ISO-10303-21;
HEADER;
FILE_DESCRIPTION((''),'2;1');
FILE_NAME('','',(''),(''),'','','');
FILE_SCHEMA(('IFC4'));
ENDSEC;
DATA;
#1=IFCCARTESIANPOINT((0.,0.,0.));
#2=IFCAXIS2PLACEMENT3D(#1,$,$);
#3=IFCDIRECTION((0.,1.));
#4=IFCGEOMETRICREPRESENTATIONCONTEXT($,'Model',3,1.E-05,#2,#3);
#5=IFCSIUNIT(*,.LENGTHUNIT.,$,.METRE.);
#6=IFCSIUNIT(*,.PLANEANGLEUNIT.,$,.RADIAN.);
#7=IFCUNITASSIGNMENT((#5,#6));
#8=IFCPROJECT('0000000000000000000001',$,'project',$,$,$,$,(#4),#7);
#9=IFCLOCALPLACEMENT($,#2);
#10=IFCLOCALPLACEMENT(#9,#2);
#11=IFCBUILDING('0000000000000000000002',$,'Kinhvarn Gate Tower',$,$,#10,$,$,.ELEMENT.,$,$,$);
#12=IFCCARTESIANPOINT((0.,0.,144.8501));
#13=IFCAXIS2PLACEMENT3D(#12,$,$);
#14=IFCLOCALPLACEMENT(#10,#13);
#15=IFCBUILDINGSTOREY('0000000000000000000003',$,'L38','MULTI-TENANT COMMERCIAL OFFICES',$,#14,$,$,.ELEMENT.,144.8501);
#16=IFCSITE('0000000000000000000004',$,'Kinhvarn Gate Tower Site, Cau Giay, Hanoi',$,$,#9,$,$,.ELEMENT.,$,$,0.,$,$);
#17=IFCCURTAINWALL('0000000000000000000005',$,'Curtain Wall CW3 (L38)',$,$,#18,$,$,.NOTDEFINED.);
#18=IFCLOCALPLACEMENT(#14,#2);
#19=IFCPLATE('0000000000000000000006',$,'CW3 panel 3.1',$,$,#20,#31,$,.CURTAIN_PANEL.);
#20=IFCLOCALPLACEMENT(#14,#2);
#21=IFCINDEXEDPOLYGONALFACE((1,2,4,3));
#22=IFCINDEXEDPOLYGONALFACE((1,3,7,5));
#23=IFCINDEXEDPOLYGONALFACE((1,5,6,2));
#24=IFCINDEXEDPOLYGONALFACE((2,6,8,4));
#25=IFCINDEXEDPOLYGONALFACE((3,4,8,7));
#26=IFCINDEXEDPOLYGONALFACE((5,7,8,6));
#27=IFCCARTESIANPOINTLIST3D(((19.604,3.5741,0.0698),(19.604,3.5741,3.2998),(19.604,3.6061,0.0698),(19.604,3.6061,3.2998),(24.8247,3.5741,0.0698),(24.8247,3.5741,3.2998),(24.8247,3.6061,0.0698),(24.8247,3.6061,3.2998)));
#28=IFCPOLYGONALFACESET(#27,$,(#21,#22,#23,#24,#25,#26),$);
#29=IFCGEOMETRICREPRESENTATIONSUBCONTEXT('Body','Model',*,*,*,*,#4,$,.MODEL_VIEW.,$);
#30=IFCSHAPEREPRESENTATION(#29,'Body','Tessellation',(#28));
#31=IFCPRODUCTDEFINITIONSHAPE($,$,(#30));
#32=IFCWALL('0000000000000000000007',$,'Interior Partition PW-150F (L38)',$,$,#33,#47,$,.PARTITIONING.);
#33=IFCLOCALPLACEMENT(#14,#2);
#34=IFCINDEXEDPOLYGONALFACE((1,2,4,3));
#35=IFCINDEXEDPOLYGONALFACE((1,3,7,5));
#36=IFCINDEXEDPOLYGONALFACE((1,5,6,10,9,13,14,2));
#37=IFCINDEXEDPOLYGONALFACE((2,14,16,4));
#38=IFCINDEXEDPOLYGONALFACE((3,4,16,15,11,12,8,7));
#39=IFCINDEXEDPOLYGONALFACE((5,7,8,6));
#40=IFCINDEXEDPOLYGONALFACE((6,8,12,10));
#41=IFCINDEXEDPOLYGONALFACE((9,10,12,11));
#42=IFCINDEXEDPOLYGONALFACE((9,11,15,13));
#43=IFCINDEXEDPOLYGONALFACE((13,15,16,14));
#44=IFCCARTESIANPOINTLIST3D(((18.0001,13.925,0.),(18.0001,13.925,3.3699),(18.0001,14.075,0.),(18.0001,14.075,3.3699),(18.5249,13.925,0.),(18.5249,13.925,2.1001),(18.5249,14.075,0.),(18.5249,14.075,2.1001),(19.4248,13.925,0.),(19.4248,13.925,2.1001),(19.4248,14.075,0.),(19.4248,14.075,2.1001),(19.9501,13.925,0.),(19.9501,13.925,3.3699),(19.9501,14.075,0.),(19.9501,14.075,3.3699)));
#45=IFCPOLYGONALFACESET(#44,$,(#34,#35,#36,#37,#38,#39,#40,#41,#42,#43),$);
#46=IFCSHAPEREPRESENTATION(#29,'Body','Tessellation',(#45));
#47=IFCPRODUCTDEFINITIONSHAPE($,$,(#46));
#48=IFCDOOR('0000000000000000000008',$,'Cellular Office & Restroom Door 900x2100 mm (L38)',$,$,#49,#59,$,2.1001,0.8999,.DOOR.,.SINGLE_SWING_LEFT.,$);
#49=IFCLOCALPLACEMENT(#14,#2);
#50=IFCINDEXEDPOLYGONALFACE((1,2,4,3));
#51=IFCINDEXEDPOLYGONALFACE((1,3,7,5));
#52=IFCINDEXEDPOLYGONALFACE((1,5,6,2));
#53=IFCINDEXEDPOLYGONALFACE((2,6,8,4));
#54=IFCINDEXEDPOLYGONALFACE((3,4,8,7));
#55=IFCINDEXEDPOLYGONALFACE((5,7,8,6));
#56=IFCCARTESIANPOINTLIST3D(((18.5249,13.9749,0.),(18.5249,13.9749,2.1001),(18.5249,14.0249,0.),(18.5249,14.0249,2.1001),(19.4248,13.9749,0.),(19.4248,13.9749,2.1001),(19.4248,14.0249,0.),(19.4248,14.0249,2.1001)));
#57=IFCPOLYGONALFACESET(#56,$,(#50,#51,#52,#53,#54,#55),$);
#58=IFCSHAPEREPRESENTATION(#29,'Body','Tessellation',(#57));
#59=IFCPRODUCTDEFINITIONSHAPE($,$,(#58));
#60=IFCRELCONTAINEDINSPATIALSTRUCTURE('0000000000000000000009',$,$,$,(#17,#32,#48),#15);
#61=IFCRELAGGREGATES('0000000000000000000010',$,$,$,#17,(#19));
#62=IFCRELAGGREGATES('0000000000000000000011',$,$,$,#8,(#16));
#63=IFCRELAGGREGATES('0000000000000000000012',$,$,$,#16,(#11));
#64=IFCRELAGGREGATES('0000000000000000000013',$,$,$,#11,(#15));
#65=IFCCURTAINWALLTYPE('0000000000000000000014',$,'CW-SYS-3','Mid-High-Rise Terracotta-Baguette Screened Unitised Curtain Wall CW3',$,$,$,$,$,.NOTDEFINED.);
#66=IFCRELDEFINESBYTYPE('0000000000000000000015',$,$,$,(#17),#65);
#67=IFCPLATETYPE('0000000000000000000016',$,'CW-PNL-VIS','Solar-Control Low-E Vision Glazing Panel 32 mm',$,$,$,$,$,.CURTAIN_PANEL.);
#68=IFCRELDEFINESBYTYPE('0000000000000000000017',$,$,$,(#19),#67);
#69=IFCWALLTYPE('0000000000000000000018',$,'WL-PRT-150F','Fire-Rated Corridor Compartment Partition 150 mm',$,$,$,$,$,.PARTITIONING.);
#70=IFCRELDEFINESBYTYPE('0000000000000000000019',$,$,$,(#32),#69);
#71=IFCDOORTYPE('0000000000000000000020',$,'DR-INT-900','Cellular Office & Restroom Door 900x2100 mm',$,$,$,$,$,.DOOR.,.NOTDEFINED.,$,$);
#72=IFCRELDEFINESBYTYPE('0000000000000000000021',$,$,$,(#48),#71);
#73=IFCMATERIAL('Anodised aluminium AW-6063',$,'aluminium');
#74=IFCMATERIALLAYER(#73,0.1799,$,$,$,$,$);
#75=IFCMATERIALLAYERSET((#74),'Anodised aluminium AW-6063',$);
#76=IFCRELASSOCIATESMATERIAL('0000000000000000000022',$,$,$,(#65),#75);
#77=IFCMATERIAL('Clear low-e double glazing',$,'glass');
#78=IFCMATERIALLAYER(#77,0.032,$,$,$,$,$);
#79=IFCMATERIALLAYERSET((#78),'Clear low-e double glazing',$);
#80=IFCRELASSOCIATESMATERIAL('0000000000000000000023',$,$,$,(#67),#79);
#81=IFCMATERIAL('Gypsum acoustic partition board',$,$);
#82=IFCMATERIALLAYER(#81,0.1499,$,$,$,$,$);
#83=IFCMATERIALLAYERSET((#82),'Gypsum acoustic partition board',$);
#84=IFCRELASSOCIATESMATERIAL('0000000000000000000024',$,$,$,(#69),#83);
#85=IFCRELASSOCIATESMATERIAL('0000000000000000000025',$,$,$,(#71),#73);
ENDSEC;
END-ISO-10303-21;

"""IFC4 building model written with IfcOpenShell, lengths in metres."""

from ifc_helpers import new_model, si_unit, direction, frame, frame_2d, origin, origin_2d, place, context, subcontext, project, spatial, rectangle, extrude, material, layer, layer_set, type_object, element, fill, aggregate, save


model = new_model("IFC4")

# Units and contexts
model_context = context("Model", 3, precision=1e-05, world=origin(), true_north=direction((0.0, 1.0)))
body_context = subcontext(model_context, "Body", "Model", "MODEL_VIEW")
ifc_project = project(units=[si_unit("LENGTHUNIT", "METRE"), si_unit("PLANEANGLEUNIT", "RADIAN")], contexts=[model_context])

# Site, building, storey
site_placement = place(None, origin())
site = spatial("IfcSite", under=ifc_project, at=site_placement, Name="Kinhvarn Gate Tower Site, Cau Giay, Hanoi", CompositionType="ELEMENT", RefElevation=0.0)
building_placement = place(site_placement, origin())
building = spatial("IfcBuilding", under=site, at=building_placement, Name="Kinhvarn Gate Tower", CompositionType="ELEMENT")
storey_placement = place(building_placement, frame((0.0, 0.0, 144.8501)))
storey = spatial("IfcBuildingStorey", under=building, at=storey_placement, Name="L38", Description="MULTI-TENANT COMMERCIAL OFFICES", CompositionType="ELEMENT", Elevation=144.8501)

# Curtain wall
ifc_material_1 = material(Name="Anodised aluminium AW-6063", Category="aluminium")
ifc_layer_1 = layer(ifc_material_1, 0.1799)
ifc_layer_set_1 = layer_set([ifc_layer_1], Name="Anodised aluminium AW-6063")
curtain_wall_type = type_object("IfcCurtainWallType", Name="CW-SYS-3", Description="Mid-High-Rise Terracotta-Baguette Screened Unitised Curtain Wall CW3", PredefinedType="NOTDEFINED", material=ifc_layer_set_1)
curtain_wall_placement = place(storey_placement, origin())
curtain_wall = element("IfcCurtainWall", 1, at=curtain_wall_placement, inside=storey, type_object=curtain_wall_type, Name="Curtain Wall CW3 (L38)", PredefinedType="NOTDEFINED")

# Plate
ifc_material_2 = material(Name="Clear low-e double glazing", Category="glass")
ifc_layer_2 = layer(ifc_material_2, 0.032)
ifc_layer_set_2 = layer_set([ifc_layer_2], Name="Clear low-e double glazing")
plate_type = type_object("IfcPlateType", Name="CW-PNL-VIS", Description="Solar-Control Low-E Vision Glazing Panel 32 mm", PredefinedType="CURTAIN_PANEL", material=ifc_layer_set_2)
plate_1_placement = place(storey_placement, frame((22.2144, 3.5901, 0.0698), z_axis=(0.0, 0.0, 1.0), x_axis=(1.0, 0.0, 0.0)))
plate_1 = element("IfcPlate", 2, at=plate_1_placement, type_object=plate_type, Name="CW3 panel 3.1", PredefinedType="CURTAIN_PANEL", context=body_context, shape_type="SweptSolid", body=[
    extrude(rectangle(XDim=5.2207, YDim=0.032, at=origin_2d()), origin(), (0.0, 0.0, 1.0), 3.23),
])
aggregate(curtain_wall, [plate_1])

# Wall, opening, door
ifc_material_3 = material(Name="Gypsum acoustic partition board")
ifc_layer_3 = layer(ifc_material_3, 0.1499)
ifc_layer_set_3 = layer_set([ifc_layer_3], Name="Gypsum acoustic partition board")
wall_type = type_object("IfcWallType", Name="WL-PRT-150F", Description="Fire-Rated Corridor Compartment Partition 150 mm", PredefinedType="PARTITIONING", material=ifc_layer_set_3)
wall_placement = place(storey_placement, frame((18.0, 14.0, 0.0), z_axis=(0.0, 0.0, 1.0), x_axis=(1.0, 0.0, 0.0)))
wall = element("IfcWall", 3, at=wall_placement, inside=storey, type_object=wall_type, Name="Interior Partition PW-150F (L38)", PredefinedType="PARTITIONING", context=body_context, shape_type="SweptSolid", body=[
    extrude(rectangle(XDim=1.95, YDim=0.1499, at=frame_2d((0.9751, 0.0))), origin(), (0.0, 0.0, 1.0), 3.3699),
])
opening_placement = place(wall_placement, frame((0.5249, 0.0, 0.0)))
opening = element("IfcOpeningElement", 4, at=opening_placement, cuts=wall, PredefinedType="OPENING", context=body_context, shape_type="SweptSolid", body=[
    extrude(rectangle(XDim=0.8999, YDim=2.1001, at=frame_2d((0.45, 1.05))), frame((0.0, 0.085, 0.0), z_axis=(0.0, -1.0, 0.0), x_axis=(1.0, 0.0, 0.0)), (0.0, 0.0, 1.0), 0.1699),
])
door_type = type_object("IfcDoorType", Name="DR-INT-900", Description="Cellular Office & Restroom Door 900x2100 mm", OperationType="NOTDEFINED", PredefinedType="DOOR", material=ifc_material_1)
door_placement = place(opening_placement, origin())
door = element("IfcDoor", 5, at=door_placement, inside=storey, type_object=door_type, Name="Cellular Office & Restroom Door 900x2100 mm (L38)", OperationType="SINGLE_SWING_LEFT", OverallHeight=2.1001, OverallWidth=0.8999, PredefinedType="DOOR", context=body_context, shape_type="SweptSolid", body=[
    extrude(rectangle(XDim=0.8999, YDim=2.1001, at=frame_2d((0.45, 1.05))), frame((0.0, 0.0249, 0.0), z_axis=(0.0, -1.0, 0.0), x_axis=(1.0, 0.0, 0.0)), (0.0, 0.0, 1.0), 0.05),
])
fill(opening, door)

save(model, "model.ifc")
